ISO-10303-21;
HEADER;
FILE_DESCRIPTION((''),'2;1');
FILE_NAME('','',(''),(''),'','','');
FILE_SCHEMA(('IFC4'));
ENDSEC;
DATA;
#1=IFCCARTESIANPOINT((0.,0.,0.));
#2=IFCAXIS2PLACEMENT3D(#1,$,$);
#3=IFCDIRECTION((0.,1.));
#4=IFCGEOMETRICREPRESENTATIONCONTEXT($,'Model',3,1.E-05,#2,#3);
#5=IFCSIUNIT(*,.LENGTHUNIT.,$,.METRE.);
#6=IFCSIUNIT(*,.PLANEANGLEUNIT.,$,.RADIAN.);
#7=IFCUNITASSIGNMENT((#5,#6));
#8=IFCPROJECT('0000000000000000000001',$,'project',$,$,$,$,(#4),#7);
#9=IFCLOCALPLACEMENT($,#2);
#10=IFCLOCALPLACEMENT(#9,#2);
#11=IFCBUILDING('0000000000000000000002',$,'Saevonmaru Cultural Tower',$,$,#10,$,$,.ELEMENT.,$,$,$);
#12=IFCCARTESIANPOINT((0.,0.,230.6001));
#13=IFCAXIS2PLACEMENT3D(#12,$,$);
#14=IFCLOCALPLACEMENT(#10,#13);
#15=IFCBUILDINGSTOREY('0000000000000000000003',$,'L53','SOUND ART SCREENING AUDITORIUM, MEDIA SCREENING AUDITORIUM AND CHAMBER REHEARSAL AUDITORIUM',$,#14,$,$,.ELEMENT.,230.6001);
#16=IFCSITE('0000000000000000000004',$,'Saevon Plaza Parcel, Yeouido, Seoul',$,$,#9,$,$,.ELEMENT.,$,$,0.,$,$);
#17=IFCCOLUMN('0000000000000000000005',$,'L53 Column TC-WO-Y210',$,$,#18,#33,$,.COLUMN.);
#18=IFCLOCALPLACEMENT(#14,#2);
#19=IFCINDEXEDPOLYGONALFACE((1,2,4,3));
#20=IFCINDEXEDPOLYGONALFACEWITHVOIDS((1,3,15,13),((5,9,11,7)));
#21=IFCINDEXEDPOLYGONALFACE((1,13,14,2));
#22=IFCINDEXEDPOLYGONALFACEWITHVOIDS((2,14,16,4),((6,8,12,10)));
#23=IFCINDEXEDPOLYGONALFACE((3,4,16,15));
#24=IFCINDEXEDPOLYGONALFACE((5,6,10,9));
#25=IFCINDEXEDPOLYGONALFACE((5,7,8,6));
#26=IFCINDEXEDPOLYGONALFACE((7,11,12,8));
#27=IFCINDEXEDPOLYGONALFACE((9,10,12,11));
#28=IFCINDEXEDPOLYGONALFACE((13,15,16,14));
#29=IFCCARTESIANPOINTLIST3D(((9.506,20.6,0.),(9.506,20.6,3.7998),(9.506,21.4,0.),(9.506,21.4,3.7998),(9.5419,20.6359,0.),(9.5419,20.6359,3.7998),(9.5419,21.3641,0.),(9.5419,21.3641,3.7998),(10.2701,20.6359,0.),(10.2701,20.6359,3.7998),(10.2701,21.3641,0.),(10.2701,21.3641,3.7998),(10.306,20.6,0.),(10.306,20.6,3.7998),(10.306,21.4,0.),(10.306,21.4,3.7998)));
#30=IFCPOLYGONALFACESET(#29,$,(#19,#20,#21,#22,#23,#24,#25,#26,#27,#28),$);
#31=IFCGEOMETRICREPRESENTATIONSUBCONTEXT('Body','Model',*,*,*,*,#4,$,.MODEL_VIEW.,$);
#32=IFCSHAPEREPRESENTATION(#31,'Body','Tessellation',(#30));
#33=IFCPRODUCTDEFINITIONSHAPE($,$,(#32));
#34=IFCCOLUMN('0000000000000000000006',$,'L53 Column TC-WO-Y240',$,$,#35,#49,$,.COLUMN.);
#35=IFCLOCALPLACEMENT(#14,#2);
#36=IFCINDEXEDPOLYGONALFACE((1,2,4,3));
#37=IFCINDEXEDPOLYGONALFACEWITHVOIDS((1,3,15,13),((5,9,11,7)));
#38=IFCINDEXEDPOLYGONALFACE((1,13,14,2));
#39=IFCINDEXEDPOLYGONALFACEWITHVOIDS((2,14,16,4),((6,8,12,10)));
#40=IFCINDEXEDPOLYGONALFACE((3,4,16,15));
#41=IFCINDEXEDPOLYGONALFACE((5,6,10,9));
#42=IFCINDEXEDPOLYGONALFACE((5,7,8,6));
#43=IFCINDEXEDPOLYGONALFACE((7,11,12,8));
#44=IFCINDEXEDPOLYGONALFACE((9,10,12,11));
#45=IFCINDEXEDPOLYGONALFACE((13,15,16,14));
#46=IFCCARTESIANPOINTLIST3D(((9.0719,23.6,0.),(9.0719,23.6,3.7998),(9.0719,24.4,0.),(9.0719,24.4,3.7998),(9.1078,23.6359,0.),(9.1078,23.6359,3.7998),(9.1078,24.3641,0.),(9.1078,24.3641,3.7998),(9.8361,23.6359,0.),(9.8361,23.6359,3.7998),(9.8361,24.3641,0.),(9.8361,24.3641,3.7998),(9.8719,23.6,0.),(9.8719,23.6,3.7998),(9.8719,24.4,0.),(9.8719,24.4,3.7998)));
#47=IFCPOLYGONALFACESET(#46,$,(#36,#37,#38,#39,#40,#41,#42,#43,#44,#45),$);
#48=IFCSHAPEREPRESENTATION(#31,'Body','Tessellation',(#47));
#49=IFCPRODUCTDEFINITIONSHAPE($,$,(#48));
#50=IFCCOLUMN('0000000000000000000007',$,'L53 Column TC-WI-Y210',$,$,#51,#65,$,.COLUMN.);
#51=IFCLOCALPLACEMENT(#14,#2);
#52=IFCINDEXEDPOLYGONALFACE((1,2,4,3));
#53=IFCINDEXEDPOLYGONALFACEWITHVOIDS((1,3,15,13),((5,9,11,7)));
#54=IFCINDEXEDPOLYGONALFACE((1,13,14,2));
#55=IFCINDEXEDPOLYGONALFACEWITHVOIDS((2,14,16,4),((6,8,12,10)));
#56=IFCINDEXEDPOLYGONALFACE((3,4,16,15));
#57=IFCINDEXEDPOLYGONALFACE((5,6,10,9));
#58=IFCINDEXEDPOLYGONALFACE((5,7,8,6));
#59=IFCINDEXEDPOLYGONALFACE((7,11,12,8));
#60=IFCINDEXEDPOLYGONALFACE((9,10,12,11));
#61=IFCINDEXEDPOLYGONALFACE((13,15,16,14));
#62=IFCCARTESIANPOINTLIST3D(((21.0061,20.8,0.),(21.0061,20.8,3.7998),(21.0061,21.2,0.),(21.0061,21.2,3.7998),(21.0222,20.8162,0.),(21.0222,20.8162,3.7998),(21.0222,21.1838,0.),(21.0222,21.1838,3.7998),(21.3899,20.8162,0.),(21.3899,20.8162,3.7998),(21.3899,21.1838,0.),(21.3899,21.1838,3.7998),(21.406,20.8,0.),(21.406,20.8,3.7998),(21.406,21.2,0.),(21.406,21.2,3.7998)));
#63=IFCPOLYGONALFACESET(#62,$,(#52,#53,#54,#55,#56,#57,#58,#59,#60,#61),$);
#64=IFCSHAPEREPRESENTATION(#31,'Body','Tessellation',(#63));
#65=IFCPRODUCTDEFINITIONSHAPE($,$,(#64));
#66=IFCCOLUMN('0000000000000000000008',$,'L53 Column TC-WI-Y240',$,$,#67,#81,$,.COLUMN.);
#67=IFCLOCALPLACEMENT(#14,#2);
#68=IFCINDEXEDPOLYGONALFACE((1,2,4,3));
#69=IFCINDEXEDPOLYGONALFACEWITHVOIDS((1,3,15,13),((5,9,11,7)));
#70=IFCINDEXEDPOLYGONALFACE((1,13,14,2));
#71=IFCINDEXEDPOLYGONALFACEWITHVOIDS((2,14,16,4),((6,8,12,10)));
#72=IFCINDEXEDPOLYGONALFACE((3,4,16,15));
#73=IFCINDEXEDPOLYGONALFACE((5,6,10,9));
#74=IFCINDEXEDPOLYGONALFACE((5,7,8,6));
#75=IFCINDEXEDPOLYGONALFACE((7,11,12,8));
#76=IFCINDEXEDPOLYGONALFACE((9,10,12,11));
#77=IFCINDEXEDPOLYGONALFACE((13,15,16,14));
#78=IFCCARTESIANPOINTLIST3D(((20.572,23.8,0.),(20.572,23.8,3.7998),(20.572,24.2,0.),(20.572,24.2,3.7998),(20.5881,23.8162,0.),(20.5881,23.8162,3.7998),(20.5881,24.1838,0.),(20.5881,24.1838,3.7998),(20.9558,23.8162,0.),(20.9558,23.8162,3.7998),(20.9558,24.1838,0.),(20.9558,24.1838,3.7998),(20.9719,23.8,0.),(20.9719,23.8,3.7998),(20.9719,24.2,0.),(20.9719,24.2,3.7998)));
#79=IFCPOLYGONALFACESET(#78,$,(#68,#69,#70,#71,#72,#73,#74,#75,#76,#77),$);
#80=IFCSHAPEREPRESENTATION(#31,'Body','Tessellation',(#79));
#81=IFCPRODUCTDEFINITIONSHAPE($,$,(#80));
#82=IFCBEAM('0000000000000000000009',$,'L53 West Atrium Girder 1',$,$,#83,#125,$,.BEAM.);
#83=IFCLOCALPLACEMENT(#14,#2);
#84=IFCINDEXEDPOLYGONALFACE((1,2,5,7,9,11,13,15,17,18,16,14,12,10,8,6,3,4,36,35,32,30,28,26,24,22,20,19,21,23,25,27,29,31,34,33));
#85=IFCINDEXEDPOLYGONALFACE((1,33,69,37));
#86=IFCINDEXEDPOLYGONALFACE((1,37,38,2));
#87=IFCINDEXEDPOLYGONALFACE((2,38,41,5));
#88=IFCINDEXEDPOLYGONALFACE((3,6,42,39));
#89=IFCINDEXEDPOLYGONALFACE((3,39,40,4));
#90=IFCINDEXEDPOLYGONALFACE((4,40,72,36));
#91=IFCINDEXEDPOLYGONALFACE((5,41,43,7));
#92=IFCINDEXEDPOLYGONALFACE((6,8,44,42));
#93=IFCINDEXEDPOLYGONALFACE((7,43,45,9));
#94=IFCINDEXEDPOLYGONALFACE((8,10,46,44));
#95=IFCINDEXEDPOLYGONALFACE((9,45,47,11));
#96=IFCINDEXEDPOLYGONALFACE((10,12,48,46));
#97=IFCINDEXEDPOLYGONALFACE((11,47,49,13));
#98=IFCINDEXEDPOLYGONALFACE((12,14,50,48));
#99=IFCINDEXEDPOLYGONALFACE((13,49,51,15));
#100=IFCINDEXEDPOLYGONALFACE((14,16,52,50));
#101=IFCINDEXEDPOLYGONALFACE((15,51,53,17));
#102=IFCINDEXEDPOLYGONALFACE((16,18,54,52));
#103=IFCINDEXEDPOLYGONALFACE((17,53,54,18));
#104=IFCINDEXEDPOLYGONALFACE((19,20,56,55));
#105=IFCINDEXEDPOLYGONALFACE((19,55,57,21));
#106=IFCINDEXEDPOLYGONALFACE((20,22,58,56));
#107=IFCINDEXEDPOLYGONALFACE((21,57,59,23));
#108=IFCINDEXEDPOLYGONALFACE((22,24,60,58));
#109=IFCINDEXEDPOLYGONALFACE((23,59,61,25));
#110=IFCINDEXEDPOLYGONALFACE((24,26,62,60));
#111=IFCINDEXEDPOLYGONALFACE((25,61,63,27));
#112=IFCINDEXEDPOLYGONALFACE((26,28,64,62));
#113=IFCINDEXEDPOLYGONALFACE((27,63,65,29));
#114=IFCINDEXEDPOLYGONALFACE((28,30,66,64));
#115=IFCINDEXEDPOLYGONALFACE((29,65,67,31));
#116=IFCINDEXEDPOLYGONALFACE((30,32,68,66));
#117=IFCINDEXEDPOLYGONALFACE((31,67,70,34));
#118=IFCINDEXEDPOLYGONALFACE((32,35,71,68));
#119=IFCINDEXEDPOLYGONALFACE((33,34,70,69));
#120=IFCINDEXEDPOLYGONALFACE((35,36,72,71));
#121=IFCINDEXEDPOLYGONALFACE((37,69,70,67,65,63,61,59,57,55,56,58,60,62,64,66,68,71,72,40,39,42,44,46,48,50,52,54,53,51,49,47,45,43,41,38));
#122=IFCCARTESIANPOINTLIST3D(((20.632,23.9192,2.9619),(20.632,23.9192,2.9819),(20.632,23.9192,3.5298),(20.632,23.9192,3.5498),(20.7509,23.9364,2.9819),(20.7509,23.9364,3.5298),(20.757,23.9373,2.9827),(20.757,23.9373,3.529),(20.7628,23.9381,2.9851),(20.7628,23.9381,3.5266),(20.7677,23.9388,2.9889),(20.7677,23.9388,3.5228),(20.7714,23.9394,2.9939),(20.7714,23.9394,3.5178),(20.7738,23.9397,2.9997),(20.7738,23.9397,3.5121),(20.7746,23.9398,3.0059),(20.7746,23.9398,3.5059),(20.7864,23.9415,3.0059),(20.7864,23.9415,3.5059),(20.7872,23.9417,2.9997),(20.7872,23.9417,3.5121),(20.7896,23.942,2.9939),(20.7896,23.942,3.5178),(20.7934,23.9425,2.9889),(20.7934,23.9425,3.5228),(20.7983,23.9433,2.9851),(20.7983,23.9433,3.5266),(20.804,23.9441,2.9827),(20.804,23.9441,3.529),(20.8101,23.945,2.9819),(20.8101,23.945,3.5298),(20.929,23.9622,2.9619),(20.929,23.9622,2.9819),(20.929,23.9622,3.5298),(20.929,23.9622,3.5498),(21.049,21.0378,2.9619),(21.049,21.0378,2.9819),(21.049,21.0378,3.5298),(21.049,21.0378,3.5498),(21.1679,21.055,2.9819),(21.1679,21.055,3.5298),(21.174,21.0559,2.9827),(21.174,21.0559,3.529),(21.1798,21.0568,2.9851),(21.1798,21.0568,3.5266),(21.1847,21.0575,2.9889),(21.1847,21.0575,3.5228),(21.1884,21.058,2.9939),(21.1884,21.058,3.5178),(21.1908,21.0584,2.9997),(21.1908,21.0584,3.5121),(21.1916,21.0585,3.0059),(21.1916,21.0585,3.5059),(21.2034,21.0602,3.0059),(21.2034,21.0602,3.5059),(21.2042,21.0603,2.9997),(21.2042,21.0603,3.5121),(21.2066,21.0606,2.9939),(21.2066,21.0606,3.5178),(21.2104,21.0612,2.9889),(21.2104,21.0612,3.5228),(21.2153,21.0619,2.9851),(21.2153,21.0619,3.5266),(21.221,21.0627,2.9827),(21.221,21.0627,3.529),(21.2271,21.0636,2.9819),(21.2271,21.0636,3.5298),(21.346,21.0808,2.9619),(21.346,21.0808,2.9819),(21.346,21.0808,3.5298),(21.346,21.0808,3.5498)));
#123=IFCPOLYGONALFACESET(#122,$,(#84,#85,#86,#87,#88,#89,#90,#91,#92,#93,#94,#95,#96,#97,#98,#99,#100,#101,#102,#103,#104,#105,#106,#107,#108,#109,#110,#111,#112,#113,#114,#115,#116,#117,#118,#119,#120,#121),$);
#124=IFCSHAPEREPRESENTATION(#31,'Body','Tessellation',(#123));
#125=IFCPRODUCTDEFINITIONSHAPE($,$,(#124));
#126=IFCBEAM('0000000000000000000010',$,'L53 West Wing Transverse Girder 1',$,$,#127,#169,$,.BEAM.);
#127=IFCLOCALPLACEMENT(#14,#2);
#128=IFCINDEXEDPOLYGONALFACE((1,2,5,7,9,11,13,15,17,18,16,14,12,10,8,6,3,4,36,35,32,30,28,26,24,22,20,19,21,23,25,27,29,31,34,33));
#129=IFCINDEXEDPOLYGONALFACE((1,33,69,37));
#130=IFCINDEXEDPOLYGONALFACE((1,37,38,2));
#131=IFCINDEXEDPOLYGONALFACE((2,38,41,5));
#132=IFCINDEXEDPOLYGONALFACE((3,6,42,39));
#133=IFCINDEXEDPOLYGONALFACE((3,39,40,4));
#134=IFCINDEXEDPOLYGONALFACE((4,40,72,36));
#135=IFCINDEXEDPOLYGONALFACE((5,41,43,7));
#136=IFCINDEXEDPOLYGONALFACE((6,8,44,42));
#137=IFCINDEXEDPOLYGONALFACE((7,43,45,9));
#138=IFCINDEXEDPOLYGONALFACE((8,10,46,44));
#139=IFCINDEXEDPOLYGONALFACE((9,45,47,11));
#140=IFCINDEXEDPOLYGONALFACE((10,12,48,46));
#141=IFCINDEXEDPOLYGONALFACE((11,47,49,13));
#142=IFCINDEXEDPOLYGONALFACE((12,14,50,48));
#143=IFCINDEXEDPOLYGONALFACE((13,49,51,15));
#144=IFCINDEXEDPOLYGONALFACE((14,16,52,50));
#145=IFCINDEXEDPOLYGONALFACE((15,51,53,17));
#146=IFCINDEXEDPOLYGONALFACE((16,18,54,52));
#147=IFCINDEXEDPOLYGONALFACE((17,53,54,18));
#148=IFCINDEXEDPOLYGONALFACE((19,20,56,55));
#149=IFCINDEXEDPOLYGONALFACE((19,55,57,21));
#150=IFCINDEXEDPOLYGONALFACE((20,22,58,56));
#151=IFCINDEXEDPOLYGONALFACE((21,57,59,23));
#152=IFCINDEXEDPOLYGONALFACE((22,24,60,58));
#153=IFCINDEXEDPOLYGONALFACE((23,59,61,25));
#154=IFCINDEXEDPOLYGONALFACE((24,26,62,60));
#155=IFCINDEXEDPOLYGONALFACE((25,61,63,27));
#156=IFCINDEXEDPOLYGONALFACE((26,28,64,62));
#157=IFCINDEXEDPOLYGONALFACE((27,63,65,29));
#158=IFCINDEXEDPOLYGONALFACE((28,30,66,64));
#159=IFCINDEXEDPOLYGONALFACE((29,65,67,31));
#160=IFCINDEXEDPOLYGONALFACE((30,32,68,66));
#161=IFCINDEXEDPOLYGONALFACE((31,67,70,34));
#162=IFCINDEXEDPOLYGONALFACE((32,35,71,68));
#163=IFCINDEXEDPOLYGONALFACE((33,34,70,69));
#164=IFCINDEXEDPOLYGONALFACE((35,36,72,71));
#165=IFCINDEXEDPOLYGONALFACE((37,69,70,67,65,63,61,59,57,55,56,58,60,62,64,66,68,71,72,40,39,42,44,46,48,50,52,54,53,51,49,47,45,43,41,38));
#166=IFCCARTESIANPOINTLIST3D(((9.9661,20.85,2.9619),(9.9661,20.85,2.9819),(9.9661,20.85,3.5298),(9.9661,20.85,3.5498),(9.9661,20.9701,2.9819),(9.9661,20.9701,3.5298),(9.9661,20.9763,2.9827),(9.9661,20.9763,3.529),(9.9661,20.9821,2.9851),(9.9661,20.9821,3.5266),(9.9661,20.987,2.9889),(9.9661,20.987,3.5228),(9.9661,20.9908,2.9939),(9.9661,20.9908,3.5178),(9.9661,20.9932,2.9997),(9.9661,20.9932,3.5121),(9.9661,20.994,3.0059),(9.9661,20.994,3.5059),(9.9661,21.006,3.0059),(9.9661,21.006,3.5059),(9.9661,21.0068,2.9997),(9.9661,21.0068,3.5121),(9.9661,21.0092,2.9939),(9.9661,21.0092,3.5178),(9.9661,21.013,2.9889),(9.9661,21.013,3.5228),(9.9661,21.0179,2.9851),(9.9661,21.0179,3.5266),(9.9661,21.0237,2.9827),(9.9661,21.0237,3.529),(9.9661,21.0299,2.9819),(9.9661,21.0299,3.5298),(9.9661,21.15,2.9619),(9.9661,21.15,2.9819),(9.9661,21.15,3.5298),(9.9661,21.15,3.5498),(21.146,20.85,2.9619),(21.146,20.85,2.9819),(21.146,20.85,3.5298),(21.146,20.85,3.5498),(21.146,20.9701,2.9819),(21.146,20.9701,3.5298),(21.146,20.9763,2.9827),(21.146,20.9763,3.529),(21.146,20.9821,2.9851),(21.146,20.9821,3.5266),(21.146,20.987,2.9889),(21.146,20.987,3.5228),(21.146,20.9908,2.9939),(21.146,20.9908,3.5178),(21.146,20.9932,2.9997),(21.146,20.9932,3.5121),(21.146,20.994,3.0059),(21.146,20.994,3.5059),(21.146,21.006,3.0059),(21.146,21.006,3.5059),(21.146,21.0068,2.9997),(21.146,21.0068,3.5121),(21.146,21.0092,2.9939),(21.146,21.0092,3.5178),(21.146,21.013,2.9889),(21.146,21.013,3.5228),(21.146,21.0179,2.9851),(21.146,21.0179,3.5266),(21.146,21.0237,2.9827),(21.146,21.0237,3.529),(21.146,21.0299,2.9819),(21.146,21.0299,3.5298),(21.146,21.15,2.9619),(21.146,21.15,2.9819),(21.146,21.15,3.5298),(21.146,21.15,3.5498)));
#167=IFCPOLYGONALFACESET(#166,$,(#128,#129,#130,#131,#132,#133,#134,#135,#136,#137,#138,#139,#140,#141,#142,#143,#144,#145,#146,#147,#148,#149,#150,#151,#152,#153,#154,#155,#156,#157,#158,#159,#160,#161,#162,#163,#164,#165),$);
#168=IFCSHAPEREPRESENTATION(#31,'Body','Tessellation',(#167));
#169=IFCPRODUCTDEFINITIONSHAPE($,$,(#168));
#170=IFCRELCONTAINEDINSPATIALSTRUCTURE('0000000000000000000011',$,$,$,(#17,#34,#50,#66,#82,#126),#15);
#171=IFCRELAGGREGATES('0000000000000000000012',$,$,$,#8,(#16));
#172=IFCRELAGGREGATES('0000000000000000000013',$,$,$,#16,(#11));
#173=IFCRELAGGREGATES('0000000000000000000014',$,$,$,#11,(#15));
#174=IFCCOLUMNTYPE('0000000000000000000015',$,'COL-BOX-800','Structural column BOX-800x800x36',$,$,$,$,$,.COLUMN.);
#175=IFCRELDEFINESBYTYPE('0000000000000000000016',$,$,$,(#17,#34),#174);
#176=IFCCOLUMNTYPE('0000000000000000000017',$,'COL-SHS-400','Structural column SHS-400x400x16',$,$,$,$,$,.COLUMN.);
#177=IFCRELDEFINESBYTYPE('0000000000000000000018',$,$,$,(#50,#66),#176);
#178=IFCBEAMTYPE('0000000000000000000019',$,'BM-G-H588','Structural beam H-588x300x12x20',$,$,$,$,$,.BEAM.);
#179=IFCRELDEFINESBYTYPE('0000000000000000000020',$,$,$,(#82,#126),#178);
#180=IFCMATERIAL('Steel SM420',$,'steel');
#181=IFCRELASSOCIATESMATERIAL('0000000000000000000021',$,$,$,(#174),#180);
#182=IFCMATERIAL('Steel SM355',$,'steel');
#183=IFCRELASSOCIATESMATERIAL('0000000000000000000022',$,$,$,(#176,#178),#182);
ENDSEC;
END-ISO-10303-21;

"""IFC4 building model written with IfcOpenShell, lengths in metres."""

from ifc_helpers import new_model, si_unit, direction, frame, origin, origin_2d, place, context, subcontext, project, spatial, hollow_rectangle, i_section, extrude, material, material_profile, profile_set, type_object, element, save


model = new_model("IFC4")

# Units and contexts
model_context = context("Model", 3, precision=1e-05, world=origin(), true_north=direction((0.0, 1.0)))
body_context = subcontext(model_context, "Body", "Model", "MODEL_VIEW")
ifc_project = project(units=[si_unit("LENGTHUNIT", "METRE"), si_unit("PLANEANGLEUNIT", "RADIAN")], contexts=[model_context])

# Site, building, storey
site_placement = place(None, origin())
site = spatial("IfcSite", under=ifc_project, at=site_placement, Name="Saevon Plaza Parcel, Yeouido, Seoul", CompositionType="ELEMENT", RefElevation=0.0)
building_placement = place(site_placement, origin())
building = spatial("IfcBuilding", under=site, at=building_placement, Name="Saevonmaru Cultural Tower", CompositionType="ELEMENT")
storey_placement = place(building_placement, frame((0.0, 0.0, 230.6001)))
storey = spatial("IfcBuildingStorey", under=building, at=storey_placement, Name="L53", Description="SOUND ART SCREENING AUDITORIUM, MEDIA SCREENING AUDITORIUM AND CHAMBER REHEARSAL AUDITORIUM", CompositionType="ELEMENT", Elevation=230.6001)

# Columns
ifc_material_1 = material(Name="Steel SM420", Category="steel")
ifc_material_profile_1 = material_profile(ifc_material_1, hollow_rectangle(XDim=0.8, YDim=0.8, WallThickness=0.0359, at=origin_2d()), Name="BOX-800x800x36")
ifc_profile_set_1 = profile_set([ifc_material_profile_1], Name="Steel SM420")
column_type_1 = type_object("IfcColumnType", Name="COL-BOX-800", Description="Structural column BOX-800x800x36", PredefinedType="COLUMN", material=ifc_profile_set_1)
for number, where, z_axis, x_axis, name in (
    (1, (9.906, 21.0, 0.0), (0.0, 0.0, 1.0), (1.0, 0.0, 0.0), "L53 Column TC-WO-Y210"),
    (2, (9.4719, 24.0, 0.0), (0.0, 0.0, 1.0), (1.0, 0.0, 0.0), "L53 Column TC-WO-Y240"),
):
    element("IfcColumn", number, at=place(storey_placement, frame(where, z_axis=z_axis, x_axis=x_axis)), inside=storey, type_object=column_type_1, Name=name, PredefinedType="COLUMN", context=body_context, shape_type="SweptSolid", body=[
        extrude(hollow_rectangle(XDim=0.8, YDim=0.8, WallThickness=0.0359, at=origin_2d()), origin(), (0.0, 0.0, 1.0), 3.7998),
    ])
ifc_material_2 = material(Name="Steel SM355", Category="steel")
ifc_material_profile_2 = material_profile(ifc_material_2, hollow_rectangle(XDim=0.3999, YDim=0.3999, WallThickness=0.0161, at=origin_2d()), Name="SHS-400x400x16")
ifc_profile_set_2 = profile_set([ifc_material_profile_2], Name="Steel SM355")
column_type_2 = type_object("IfcColumnType", Name="COL-SHS-400", Description="Structural column SHS-400x400x16", PredefinedType="COLUMN", material=ifc_profile_set_2)
for number, where, z_axis, x_axis, name in (
    (3, (21.2061, 21.0, 0.0), (0.0, 0.0, 1.0), (1.0, 0.0, 0.0), "L53 Column TC-WI-Y210"),
    (4, (20.772, 24.0, 0.0), (0.0, 0.0, 1.0), (1.0, 0.0, 0.0), "L53 Column TC-WI-Y240"),
):
    element("IfcColumn", number, at=place(storey_placement, frame(where, z_axis=z_axis, x_axis=x_axis)), inside=storey, type_object=column_type_2, Name=name, PredefinedType="COLUMN", context=body_context, shape_type="SweptSolid", body=[
        extrude(hollow_rectangle(XDim=0.3999, YDim=0.3999, WallThickness=0.0161, at=origin_2d()), origin(), (0.0, 0.0, 1.0), 3.7998),
    ])

# Beams
ifc_material_profile_3 = material_profile(ifc_material_2, i_section(OverallWidth=0.3, OverallDepth=0.5879, WebThickness=0.012, FlangeThickness=0.02, FilletRadius=0.0239, at=origin_2d()), Name="H-588x300x12x20")
ifc_profile_set_3 = profile_set([ifc_material_profile_3], Name="Steel SM355")
beam_type_1 = type_object("IfcBeamType", Name="BM-G-H588", Description="Structural beam H-588x300x12x20", PredefinedType="BEAM", material=ifc_profile_set_3)
beam_1_placement = place(storey_placement, frame((21.1975, 21.0593, 3.2559), z_axis=(-0.143229, 0.98969, 0.0), x_axis=(-0.98969, -0.143229, 0.0)))
element("IfcBeam", 5, at=beam_1_placement, inside=storey, type_object=beam_type_1, Name="L53 West Atrium Girder 1", PredefinedType="BEAM", context=body_context, shape_type="SweptSolid", body=[
    extrude(i_section(OverallWidth=0.3, OverallDepth=0.5879, WebThickness=0.012, FlangeThickness=0.02, FilletRadius=0.0239, at=origin_2d()), origin(), (0.0, 0.0, 1.0), 2.9114),
])
for number, where, z_axis, x_axis, name in (
    (6, (9.9661, 21.0, 3.2559), (1.0, 0.0, 0.0), (0.0, 1.0, 0.0), "L53 West Wing Transverse Girder 1"),
):
    element("IfcBeam", number, at=place(storey_placement, frame(where, z_axis=z_axis, x_axis=x_axis)), inside=storey, type_object=beam_type_1, Name=name, PredefinedType="BEAM", context=body_context, shape_type="SweptSolid", body=[
        extrude(i_section(OverallWidth=0.3, OverallDepth=0.5879, WebThickness=0.012, FlangeThickness=0.02, FilletRadius=0.0239, at=origin_2d()), origin(), (0.0, 0.0, 1.0), 11.1799),
    ])

save(model, "model.ifc")
